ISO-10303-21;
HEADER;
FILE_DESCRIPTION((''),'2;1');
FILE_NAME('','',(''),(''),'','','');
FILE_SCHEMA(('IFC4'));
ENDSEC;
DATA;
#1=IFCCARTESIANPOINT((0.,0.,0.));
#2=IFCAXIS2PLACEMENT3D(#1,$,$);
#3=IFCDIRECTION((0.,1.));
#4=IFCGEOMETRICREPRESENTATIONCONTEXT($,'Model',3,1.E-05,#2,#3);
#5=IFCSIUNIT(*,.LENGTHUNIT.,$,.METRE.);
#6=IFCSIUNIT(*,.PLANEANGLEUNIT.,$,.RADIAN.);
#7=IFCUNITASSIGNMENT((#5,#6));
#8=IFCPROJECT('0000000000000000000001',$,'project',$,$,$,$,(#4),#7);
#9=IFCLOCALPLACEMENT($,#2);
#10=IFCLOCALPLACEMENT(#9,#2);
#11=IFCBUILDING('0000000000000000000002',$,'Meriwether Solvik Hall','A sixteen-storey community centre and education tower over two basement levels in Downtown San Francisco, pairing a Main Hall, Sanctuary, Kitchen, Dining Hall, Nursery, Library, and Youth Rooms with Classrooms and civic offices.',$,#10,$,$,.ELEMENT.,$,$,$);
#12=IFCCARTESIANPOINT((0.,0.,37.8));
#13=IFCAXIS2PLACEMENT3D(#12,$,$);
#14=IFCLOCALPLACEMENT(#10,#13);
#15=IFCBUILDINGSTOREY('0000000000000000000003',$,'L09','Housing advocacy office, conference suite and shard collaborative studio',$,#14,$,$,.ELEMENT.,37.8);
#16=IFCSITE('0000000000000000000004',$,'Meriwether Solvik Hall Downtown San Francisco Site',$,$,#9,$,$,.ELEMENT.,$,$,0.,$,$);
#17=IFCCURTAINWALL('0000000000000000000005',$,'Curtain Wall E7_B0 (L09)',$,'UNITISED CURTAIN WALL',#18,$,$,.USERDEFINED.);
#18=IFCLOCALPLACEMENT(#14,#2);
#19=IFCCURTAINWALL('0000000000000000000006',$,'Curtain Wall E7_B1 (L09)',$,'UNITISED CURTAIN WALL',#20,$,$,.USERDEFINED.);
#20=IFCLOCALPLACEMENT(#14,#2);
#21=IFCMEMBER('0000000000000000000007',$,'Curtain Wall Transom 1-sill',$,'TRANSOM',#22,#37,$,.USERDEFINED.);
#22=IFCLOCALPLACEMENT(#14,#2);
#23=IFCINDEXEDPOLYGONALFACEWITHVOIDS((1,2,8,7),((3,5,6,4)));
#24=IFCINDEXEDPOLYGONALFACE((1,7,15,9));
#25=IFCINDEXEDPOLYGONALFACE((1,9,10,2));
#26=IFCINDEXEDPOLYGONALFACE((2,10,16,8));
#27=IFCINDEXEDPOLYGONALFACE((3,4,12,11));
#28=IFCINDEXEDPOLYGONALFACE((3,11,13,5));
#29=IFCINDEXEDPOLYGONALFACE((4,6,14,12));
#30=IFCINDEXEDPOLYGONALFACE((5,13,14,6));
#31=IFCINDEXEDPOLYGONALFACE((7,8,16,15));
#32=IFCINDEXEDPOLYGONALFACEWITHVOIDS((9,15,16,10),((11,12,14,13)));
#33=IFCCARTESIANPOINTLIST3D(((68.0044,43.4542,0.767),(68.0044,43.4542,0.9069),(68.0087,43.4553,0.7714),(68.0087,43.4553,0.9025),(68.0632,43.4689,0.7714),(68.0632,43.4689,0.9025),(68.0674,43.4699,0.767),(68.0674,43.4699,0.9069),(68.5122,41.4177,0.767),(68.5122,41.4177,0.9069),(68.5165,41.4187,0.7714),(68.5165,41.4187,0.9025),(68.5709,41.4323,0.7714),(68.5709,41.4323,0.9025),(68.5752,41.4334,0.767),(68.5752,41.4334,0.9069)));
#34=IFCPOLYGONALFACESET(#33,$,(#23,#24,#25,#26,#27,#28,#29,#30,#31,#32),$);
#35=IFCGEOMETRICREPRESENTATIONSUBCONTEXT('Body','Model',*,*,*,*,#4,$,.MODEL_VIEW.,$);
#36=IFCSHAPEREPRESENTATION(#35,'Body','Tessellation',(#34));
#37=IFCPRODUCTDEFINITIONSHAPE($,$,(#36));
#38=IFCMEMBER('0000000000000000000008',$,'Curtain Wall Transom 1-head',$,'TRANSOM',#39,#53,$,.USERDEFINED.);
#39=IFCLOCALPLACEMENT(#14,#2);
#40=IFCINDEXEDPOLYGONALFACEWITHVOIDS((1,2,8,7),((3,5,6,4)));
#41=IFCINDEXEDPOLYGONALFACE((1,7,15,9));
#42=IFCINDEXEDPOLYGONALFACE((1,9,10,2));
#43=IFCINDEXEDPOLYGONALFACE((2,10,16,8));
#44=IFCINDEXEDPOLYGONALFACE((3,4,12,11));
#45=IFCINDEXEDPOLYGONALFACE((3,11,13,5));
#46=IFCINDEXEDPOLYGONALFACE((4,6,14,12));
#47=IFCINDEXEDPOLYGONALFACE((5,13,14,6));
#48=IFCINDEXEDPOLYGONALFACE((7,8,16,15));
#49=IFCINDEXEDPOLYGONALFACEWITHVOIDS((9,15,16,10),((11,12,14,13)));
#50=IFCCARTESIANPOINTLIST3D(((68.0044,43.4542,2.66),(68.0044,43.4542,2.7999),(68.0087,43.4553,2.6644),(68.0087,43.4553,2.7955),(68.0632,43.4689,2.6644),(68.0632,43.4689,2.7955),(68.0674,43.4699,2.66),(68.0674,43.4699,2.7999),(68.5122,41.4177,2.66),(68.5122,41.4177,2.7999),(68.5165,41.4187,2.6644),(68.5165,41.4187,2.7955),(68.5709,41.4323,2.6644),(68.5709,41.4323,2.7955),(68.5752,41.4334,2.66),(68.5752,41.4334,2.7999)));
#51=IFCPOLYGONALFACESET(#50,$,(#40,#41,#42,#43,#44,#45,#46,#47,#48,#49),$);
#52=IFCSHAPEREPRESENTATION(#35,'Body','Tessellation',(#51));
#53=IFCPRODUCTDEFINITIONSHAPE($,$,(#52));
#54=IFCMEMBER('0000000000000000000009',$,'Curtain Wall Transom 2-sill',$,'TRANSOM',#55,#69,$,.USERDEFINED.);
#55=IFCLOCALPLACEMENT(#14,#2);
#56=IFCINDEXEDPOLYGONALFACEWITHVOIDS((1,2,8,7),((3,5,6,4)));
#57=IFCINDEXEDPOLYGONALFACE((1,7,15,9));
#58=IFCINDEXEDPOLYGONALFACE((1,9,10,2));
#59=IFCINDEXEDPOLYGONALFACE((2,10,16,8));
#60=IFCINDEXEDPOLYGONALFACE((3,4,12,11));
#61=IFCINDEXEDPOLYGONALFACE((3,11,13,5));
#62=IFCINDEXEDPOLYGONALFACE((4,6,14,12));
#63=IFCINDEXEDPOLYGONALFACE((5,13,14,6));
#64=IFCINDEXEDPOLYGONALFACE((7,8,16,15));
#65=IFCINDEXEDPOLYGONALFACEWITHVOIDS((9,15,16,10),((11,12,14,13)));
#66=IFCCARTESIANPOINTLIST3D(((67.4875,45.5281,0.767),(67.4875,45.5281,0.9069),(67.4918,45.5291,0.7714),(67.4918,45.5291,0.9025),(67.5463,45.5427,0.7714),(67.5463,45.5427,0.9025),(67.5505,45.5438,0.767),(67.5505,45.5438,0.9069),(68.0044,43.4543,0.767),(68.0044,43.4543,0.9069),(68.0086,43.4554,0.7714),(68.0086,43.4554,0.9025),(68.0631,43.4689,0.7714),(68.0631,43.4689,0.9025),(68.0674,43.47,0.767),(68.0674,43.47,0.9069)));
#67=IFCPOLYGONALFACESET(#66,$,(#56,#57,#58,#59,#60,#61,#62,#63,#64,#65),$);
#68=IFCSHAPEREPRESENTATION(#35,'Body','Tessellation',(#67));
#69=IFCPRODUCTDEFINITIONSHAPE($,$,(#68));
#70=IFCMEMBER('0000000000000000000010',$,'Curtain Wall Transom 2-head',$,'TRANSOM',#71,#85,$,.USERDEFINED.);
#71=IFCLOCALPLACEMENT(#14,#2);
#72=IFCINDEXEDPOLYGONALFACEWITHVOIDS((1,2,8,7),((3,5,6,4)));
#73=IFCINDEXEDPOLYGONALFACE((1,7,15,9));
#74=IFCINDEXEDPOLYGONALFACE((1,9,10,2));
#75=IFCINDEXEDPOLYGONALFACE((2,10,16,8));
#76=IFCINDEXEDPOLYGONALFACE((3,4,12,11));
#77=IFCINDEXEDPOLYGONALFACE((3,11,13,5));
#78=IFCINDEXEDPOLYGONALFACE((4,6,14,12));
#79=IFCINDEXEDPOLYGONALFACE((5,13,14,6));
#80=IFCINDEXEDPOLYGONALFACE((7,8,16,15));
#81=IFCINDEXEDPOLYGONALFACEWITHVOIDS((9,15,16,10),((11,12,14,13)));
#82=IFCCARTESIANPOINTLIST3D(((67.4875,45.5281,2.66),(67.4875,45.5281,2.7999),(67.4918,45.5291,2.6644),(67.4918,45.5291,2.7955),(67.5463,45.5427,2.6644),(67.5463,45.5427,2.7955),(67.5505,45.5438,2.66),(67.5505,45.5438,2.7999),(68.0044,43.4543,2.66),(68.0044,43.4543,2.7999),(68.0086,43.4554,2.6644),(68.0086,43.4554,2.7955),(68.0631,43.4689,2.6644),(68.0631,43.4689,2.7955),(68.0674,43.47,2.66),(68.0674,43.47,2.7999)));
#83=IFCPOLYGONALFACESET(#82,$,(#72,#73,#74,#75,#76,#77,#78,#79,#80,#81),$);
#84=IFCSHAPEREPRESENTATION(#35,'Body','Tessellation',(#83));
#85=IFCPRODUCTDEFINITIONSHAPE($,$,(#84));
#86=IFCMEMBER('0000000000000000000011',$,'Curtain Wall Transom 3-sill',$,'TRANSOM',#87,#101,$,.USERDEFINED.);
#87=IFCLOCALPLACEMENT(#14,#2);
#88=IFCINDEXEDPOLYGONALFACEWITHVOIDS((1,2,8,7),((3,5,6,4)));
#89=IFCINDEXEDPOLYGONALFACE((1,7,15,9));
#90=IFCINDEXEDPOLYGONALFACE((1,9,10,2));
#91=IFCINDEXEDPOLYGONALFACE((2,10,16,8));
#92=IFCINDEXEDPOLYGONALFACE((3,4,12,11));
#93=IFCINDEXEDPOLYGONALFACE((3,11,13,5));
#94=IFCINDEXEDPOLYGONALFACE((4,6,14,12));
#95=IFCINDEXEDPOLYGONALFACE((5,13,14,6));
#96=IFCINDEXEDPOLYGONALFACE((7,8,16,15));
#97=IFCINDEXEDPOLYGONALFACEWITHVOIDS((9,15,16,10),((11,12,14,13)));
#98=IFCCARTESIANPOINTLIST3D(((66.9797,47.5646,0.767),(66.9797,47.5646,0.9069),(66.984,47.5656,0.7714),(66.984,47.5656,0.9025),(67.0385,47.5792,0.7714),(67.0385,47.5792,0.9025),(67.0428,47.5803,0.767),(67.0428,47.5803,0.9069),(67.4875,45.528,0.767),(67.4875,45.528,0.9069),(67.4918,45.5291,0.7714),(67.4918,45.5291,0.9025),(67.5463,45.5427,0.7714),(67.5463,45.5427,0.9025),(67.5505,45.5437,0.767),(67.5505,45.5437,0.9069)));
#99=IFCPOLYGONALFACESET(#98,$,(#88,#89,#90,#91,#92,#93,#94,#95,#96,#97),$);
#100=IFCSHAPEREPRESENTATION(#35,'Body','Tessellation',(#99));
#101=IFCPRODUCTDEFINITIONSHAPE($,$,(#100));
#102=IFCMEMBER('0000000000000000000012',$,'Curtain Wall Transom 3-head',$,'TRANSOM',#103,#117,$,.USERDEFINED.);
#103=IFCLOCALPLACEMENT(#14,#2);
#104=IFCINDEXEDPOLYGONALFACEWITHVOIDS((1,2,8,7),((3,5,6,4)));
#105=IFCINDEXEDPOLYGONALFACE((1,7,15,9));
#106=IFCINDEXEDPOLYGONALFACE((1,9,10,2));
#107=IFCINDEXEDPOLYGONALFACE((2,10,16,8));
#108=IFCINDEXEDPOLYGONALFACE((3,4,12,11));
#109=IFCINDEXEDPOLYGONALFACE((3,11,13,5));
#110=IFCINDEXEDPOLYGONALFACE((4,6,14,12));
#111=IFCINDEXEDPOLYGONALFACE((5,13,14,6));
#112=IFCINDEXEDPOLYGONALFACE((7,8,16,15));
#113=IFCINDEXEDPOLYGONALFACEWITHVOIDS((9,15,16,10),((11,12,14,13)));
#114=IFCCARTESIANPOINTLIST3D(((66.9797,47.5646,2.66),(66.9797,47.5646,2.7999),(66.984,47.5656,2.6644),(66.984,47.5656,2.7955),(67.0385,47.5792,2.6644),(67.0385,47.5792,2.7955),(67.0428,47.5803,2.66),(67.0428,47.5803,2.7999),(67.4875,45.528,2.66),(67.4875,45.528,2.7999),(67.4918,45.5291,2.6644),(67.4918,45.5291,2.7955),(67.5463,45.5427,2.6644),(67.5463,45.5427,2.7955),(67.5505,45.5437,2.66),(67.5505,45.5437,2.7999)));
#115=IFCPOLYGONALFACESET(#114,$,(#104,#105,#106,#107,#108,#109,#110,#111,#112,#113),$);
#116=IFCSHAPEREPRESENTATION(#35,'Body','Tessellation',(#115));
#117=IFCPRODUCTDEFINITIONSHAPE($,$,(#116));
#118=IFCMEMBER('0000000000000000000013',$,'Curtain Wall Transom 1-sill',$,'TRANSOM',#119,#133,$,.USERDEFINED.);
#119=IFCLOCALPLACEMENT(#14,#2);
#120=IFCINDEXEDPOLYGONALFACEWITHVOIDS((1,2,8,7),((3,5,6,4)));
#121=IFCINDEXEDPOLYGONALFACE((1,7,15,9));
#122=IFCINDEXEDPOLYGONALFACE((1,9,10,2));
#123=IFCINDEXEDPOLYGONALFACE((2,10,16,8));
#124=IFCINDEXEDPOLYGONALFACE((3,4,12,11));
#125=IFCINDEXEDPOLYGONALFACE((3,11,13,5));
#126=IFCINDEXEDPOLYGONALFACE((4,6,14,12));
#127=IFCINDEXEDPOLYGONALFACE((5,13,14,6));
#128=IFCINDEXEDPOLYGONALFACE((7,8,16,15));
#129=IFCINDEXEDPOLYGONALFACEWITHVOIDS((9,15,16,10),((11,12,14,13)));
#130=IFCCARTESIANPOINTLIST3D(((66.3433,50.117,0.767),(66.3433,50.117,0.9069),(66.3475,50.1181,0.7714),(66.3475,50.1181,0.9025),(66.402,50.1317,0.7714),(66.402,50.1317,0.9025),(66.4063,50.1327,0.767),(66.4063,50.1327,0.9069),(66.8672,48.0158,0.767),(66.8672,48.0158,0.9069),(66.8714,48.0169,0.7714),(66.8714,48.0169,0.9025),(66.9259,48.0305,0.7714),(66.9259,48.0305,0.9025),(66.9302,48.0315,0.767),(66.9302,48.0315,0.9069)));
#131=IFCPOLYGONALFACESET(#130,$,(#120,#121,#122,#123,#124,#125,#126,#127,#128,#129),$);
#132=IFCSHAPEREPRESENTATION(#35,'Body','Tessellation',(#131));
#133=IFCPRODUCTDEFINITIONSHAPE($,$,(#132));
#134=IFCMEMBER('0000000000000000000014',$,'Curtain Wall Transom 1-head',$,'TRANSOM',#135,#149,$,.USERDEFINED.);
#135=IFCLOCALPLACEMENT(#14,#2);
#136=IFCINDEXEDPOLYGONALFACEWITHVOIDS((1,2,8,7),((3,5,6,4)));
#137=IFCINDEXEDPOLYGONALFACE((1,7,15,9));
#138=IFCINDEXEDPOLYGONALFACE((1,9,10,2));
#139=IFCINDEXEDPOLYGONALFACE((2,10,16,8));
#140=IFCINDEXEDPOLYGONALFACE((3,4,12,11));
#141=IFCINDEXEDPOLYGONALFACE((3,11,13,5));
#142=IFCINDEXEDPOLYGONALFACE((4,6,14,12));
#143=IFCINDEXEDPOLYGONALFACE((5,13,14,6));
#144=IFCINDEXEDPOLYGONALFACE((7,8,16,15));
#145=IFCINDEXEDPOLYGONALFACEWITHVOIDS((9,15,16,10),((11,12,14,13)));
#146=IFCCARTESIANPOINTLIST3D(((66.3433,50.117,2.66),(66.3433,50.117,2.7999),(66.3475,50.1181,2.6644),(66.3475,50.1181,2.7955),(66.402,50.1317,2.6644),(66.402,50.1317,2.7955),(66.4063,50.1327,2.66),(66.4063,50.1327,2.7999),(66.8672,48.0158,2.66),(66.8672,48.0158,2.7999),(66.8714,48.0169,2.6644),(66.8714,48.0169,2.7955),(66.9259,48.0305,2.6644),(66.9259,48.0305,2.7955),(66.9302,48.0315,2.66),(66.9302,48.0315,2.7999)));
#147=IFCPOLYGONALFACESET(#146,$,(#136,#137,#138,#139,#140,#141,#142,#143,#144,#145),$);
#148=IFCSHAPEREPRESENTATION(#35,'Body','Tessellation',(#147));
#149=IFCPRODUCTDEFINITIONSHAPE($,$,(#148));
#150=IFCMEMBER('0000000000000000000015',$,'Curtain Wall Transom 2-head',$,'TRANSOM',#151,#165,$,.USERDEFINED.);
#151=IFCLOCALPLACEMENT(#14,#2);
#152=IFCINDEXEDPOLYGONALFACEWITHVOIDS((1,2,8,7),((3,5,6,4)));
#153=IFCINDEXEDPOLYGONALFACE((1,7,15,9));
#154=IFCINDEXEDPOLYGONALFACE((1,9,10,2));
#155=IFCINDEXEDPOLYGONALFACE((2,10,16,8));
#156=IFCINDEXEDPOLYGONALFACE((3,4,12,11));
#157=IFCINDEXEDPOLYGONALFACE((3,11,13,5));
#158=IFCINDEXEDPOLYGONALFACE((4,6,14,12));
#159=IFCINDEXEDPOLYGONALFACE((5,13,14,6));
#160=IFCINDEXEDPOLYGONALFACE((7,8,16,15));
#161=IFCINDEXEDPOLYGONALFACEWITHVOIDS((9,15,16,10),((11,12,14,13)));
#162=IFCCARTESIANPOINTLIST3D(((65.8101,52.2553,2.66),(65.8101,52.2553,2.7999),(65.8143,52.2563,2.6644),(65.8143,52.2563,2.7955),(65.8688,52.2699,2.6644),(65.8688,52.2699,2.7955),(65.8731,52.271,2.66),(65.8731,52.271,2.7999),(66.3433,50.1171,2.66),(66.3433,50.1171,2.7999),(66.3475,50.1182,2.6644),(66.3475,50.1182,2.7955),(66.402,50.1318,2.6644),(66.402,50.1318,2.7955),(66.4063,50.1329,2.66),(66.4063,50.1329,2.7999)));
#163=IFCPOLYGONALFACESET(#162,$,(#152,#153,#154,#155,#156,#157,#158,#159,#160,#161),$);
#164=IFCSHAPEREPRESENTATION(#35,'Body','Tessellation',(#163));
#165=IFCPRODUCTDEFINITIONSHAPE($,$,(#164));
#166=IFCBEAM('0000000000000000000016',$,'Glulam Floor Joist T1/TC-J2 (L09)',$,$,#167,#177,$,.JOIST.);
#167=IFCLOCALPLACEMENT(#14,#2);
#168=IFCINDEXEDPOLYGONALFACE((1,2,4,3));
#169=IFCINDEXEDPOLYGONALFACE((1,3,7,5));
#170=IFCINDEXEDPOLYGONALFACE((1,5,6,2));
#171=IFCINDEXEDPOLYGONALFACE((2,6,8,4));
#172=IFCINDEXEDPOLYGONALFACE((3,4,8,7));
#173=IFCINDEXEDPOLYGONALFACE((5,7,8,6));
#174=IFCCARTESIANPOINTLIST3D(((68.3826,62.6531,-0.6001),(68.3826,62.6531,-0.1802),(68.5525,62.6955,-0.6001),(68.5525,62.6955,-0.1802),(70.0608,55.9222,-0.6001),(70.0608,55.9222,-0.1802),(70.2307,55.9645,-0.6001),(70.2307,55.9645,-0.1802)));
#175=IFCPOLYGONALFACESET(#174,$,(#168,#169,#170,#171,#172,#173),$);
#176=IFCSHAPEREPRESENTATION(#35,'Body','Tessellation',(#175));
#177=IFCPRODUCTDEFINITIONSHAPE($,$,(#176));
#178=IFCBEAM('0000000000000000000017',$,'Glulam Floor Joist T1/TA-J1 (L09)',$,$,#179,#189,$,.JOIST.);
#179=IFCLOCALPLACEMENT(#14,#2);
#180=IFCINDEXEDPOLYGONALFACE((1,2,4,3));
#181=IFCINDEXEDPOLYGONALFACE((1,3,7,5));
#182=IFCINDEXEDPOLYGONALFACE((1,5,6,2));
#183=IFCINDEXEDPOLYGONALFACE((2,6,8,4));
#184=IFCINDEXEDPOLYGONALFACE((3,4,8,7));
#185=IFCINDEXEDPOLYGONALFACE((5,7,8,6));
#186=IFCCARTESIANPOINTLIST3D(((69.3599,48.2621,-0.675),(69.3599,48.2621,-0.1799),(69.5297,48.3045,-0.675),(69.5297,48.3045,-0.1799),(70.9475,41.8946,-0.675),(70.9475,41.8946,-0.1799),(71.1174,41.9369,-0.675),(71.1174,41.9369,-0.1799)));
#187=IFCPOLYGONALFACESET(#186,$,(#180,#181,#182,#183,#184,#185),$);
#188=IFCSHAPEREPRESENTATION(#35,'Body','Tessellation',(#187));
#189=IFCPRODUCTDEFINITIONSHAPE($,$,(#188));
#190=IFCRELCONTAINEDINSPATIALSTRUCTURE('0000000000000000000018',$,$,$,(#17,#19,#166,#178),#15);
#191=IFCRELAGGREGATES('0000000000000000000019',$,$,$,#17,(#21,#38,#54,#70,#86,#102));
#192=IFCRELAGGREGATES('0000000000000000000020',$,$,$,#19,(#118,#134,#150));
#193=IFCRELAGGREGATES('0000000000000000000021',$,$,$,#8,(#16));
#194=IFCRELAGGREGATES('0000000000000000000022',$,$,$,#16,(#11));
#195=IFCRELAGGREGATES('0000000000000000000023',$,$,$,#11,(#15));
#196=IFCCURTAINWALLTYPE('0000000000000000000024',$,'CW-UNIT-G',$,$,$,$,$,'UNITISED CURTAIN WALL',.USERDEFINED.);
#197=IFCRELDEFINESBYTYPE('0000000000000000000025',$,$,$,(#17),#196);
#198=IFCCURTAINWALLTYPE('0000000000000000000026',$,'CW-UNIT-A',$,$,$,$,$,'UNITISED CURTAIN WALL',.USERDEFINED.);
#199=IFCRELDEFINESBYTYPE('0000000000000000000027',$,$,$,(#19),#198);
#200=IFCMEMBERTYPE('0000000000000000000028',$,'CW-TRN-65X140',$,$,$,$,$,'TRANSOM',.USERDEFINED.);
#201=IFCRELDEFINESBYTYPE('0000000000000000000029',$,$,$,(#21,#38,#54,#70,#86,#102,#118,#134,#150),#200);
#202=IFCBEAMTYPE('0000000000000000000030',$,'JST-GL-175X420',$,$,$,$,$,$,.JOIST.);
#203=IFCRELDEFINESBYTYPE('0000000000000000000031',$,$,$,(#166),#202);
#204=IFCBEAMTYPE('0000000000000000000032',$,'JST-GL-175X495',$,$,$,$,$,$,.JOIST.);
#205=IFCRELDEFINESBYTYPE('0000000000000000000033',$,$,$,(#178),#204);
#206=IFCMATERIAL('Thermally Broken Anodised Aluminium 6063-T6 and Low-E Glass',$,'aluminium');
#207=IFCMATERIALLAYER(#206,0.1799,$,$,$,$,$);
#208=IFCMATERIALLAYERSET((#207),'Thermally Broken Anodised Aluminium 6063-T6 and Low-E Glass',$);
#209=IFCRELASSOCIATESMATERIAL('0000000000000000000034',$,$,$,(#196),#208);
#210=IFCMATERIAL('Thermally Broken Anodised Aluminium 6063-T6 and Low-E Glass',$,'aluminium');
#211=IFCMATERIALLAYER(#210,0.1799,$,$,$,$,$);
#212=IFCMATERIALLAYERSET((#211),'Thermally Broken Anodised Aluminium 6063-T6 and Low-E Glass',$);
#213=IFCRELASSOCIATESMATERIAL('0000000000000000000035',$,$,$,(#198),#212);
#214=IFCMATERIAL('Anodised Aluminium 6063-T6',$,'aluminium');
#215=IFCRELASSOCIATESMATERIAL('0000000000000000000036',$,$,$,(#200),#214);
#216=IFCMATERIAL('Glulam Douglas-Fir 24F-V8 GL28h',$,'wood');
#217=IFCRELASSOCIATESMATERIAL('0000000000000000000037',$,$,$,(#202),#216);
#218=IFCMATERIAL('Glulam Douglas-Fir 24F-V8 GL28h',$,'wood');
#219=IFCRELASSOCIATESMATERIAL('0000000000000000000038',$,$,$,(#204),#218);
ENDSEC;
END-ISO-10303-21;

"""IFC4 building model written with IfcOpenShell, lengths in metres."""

from ifc_helpers import new_model, si_unit, direction, frame, origin, origin_2d, place, context, subcontext, project, spatial, rectangle, hollow_rectangle, extrude, material, layer, layer_set, material_profile, profile_set, type_object, element, aggregate, save


model = new_model("IFC4")

# Units and contexts
model_context = context("Model", 3, precision=1e-05, world=origin(), true_north=direction((0.0, 1.0)))
body_context = subcontext(model_context, "Body", "Model", "MODEL_VIEW")
ifc_project = project(units=[si_unit("LENGTHUNIT", "METRE"), si_unit("PLANEANGLEUNIT", "RADIAN")], contexts=[model_context])

# Site, building, storey
site_placement = place(None, origin())
site = spatial("IfcSite", under=ifc_project, at=site_placement, Name="Meriwether Solvik Hall Downtown San Francisco Site", CompositionType="ELEMENT", RefElevation=0.0)
building_placement = place(site_placement, origin())
building = spatial("IfcBuilding", under=site, at=building_placement, Name="Meriwether Solvik Hall", Description="A sixteen-storey community centre and education tower over two basement levels in Downtown San Francisco, pairing a Main Hall, Sanctuary, Kitchen, Dining Hall, Nursery, Library, and Youth Rooms with Classrooms and civic offices.", CompositionType="ELEMENT")
storey_placement = place(building_placement, frame((0.0, 0.0, 37.8)))
storey = spatial("IfcBuildingStorey", under=building, at=storey_placement, Name="L09", Description="Housing advocacy office, conference suite and shard collaborative studio", CompositionType="ELEMENT", Elevation=37.8)

# Curtain wall
ifc_material_1 = material(Name="Thermally Broken Anodised Aluminium 6063-T6 and Low-E Glass", Category="aluminium")
ifc_layer_1 = layer(ifc_material_1, 0.1799)
ifc_layer_set_1 = layer_set([ifc_layer_1], Name="Thermally Broken Anodised Aluminium 6063-T6 and Low-E Glass")
curtain_wall_type_1 = type_object("IfcCurtainWallType", Name="CW-UNIT-G", ElementType="UNITISED CURTAIN WALL", PredefinedType="USERDEFINED", material=ifc_layer_set_1)
curtain_wall_1_placement = place(storey_placement, origin())
curtain_wall_1 = element("IfcCurtainWall", 1, at=curtain_wall_1_placement, inside=storey, type_object=curtain_wall_type_1, Name="Curtain Wall E7_B0 (L09)", ObjectType="UNITISED CURTAIN WALL", PredefinedType="USERDEFINED")

# Curtain wall
ifc_material_2 = material(Name="Thermally Broken Anodised Aluminium 6063-T6 and Low-E Glass", Category="aluminium")
ifc_layer_2 = layer(ifc_material_2, 0.1799)
ifc_layer_set_2 = layer_set([ifc_layer_2], Name="Thermally Broken Anodised Aluminium 6063-T6 and Low-E Glass")
curtain_wall_type_2 = type_object("IfcCurtainWallType", Name="CW-UNIT-A", ElementType="UNITISED CURTAIN WALL", PredefinedType="USERDEFINED", material=ifc_layer_set_2)
curtain_wall_2_placement = place(storey_placement, origin())
curtain_wall_2 = element("IfcCurtainWall", 2, at=curtain_wall_2_placement, inside=storey, type_object=curtain_wall_type_2, Name="Curtain Wall E7_B1 (L09)", ObjectType="UNITISED CURTAIN WALL", PredefinedType="USERDEFINED")

# Members
ifc_material_3 = material(Name="Anodised Aluminium 6063-T6", Category="aluminium")
ifc_material_profile_1 = material_profile(ifc_material_3, hollow_rectangle(XDim=0.0649, YDim=0.1399, WallThickness=0.0044, at=origin_2d()), Name="CWT-65X140")
ifc_profile_set_1 = profile_set([ifc_material_profile_1], Name="Anodised Aluminium 6063-T6")
member_type_1 = type_object("IfcMemberType", Name="CW-TRN-65X140", ElementType="TRANSOM", PredefinedType="USERDEFINED", material=ifc_profile_set_1)
member_1_placement = place(storey_placement, frame((68.5437, 41.4255, 0.8369), z_axis=(-0.241933, 0.970293, 0.0), x_axis=(-0.970293, -0.241933, 0.0)))
member_1 = element("IfcMember", 3, at=member_1_placement, type_object=member_type_1, Name="Curtain Wall Transom 1-sill", ObjectType="TRANSOM", PredefinedType="USERDEFINED", context=body_context, shape_type="SweptSolid", body=[
    extrude(hollow_rectangle(XDim=0.0649, YDim=0.1399, WallThickness=0.0044, at=origin_2d()), origin(), (0.0, 0.0, 1.0), 2.0989),
])
member_2_placement = place(storey_placement, frame((68.5437, 41.4255, 2.73), z_axis=(-0.241933, 0.970293, 0.0), x_axis=(-0.970293, -0.241933, 0.0)))
member_2 = element("IfcMember", 4, at=member_2_placement, type_object=member_type_1, Name="Curtain Wall Transom 1-head", ObjectType="TRANSOM", PredefinedType="USERDEFINED", context=body_context, shape_type="SweptSolid", body=[
    extrude(hollow_rectangle(XDim=0.0649, YDim=0.1399, WallThickness=0.0044, at=origin_2d()), origin(), (0.0, 0.0, 1.0), 2.0989),
])
member_3_placement = place(storey_placement, frame((68.0359, 43.4622, 0.8369), z_axis=(-0.241837, 0.970317, 0.0), x_axis=(-0.970317, -0.241837, 0.0)))
member_3 = element("IfcMember", 5, at=member_3_placement, type_object=member_type_1, Name="Curtain Wall Transom 2-sill", ObjectType="TRANSOM", PredefinedType="USERDEFINED", context=body_context, shape_type="SweptSolid", body=[
    extrude(hollow_rectangle(XDim=0.0649, YDim=0.1399, WallThickness=0.0044, at=origin_2d()), origin(), (0.0, 0.0, 1.0), 2.1372),
])
member_4_placement = place(storey_placement, frame((68.0359, 43.4622, 2.73), z_axis=(-0.241837, 0.970317, 0.0), x_axis=(-0.970317, -0.241837, 0.0)))
member_4 = element("IfcMember", 6, at=member_4_placement, type_object=member_type_1, Name="Curtain Wall Transom 2-head", ObjectType="TRANSOM", PredefinedType="USERDEFINED", context=body_context, shape_type="SweptSolid", body=[
    extrude(hollow_rectangle(XDim=0.0649, YDim=0.1399, WallThickness=0.0044, at=origin_2d()), origin(), (0.0, 0.0, 1.0), 2.1372),
])
member_5_placement = place(storey_placement, frame((67.519, 45.5359, 0.8369), z_axis=(-0.241933, 0.970293, 0.0), x_axis=(-0.970293, -0.241933, 0.0)))
member_5 = element("IfcMember", 7, at=member_5_placement, type_object=member_type_1, Name="Curtain Wall Transom 3-sill", ObjectType="TRANSOM", PredefinedType="USERDEFINED", context=body_context, shape_type="SweptSolid", body=[
    extrude(hollow_rectangle(XDim=0.0649, YDim=0.1399, WallThickness=0.0044, at=origin_2d()), origin(), (0.0, 0.0, 1.0), 2.0989),
])
member_6_placement = place(storey_placement, frame((67.519, 45.5359, 2.73), z_axis=(-0.241933, 0.970293, 0.0), x_axis=(-0.970293, -0.241933, 0.0)))
member_6 = element("IfcMember", 8, at=member_6_placement, type_object=member_type_1, Name="Curtain Wall Transom 3-head", ObjectType="TRANSOM", PredefinedType="USERDEFINED", context=body_context, shape_type="SweptSolid", body=[
    extrude(hollow_rectangle(XDim=0.0649, YDim=0.1399, WallThickness=0.0044, at=origin_2d()), origin(), (0.0, 0.0, 1.0), 2.0989),
])
member_7_placement = place(storey_placement, frame((66.8987, 48.0237, 0.8369), z_axis=(-0.241925, 0.970295, 0.0), x_axis=(-0.970295, -0.241925, 0.0)))
member_7 = element("IfcMember", 9, at=member_7_placement, type_object=member_type_1, Name="Curtain Wall Transom 1-sill", ObjectType="TRANSOM", PredefinedType="USERDEFINED", context=body_context, shape_type="SweptSolid", body=[
    extrude(hollow_rectangle(XDim=0.0649, YDim=0.1399, WallThickness=0.0044, at=origin_2d()), origin(), (0.0, 0.0, 1.0), 2.1655),
])
member_8_placement = place(storey_placement, frame((66.8987, 48.0237, 2.73), z_axis=(-0.241925, 0.970295, 0.0), x_axis=(-0.970295, -0.241925, 0.0)))
member_8 = element("IfcMember", 10, at=member_8_placement, type_object=member_type_1, Name="Curtain Wall Transom 1-head", ObjectType="TRANSOM", PredefinedType="USERDEFINED", context=body_context, shape_type="SweptSolid", body=[
    extrude(hollow_rectangle(XDim=0.0649, YDim=0.1399, WallThickness=0.0044, at=origin_2d()), origin(), (0.0, 0.0, 1.0), 2.1655),
])
member_9_placement = place(storey_placement, frame((66.3748, 50.125, 2.73), z_axis=(-0.241962, 0.970286, 0.0), x_axis=(-0.970286, -0.241962, 0.0)))
member_9 = element("IfcMember", 11, at=member_9_placement, type_object=member_type_1, Name="Curtain Wall Transom 2-head", ObjectType="TRANSOM", PredefinedType="USERDEFINED", context=body_context, shape_type="SweptSolid", body=[
    extrude(hollow_rectangle(XDim=0.0649, YDim=0.1399, WallThickness=0.0044, at=origin_2d()), origin(), (0.0, 0.0, 1.0), 2.2036),
])

# Beams
ifc_material_4 = material(Name="Glulam Douglas-Fir 24F-V8 GL28h", Category="wood")
ifc_material_profile_2 = material_profile(ifc_material_4, rectangle(XDim=0.175, YDim=0.4199, at=origin_2d()), Name="GLJ-175X420")
ifc_profile_set_2 = profile_set([ifc_material_profile_2], Name="Glulam Douglas-Fir 24F-V8 GL28h")
beam_type_1 = type_object("IfcBeamType", Name="JST-GL-175X420", PredefinedType="JOIST", material=ifc_profile_set_2)
beam_1_placement = place(storey_placement, frame((70.1458, 55.9434, -0.3901), z_axis=(-0.241923, 0.970296, 0.0), x_axis=(-0.970296, -0.241923, 0.0)))
element("IfcBeam", 12, at=beam_1_placement, inside=storey, type_object=beam_type_1, Name="Glulam Floor Joist T1/TC-J2 (L09)", PredefinedType="JOIST", context=body_context, shape_type="SweptSolid", body=[
    extrude(rectangle(XDim=0.175, YDim=0.4199, at=origin_2d()), origin(), (0.0, 0.0, 1.0), 6.937),
])
ifc_material_5 = material(Name="Glulam Douglas-Fir 24F-V8 GL28h", Category="wood")
ifc_material_profile_3 = material_profile(ifc_material_5, rectangle(XDim=0.175, YDim=0.4951, at=origin_2d()), Name="GLJ-175X495")
ifc_profile_set_3 = profile_set([ifc_material_profile_3], Name="Glulam Douglas-Fir 24F-V8 GL28h")
beam_type_2 = type_object("IfcBeamType", Name="JST-GL-175X495", PredefinedType="JOIST", material=ifc_profile_set_3)
beam_2_placement = place(storey_placement, frame((71.0325, 41.9158, -0.4275), z_axis=(-0.241932, 0.970293, 0.0), x_axis=(-0.970293, -0.241932, 0.0)))
element("IfcBeam", 13, at=beam_2_placement, inside=storey, type_object=beam_type_2, Name="Glulam Floor Joist T1/TA-J1 (L09)", PredefinedType="JOIST", context=body_context, shape_type="SweptSolid", body=[
    extrude(rectangle(XDim=0.175, YDim=0.4951, at=origin_2d()), origin(), (0.0, 0.0, 1.0), 6.5625),
])

aggregate(curtain_wall_1, [member_1, member_2, member_3, member_4, member_5, member_6])
aggregate(curtain_wall_2, [member_7, member_8, member_9])

save(model, "model.ifc")
